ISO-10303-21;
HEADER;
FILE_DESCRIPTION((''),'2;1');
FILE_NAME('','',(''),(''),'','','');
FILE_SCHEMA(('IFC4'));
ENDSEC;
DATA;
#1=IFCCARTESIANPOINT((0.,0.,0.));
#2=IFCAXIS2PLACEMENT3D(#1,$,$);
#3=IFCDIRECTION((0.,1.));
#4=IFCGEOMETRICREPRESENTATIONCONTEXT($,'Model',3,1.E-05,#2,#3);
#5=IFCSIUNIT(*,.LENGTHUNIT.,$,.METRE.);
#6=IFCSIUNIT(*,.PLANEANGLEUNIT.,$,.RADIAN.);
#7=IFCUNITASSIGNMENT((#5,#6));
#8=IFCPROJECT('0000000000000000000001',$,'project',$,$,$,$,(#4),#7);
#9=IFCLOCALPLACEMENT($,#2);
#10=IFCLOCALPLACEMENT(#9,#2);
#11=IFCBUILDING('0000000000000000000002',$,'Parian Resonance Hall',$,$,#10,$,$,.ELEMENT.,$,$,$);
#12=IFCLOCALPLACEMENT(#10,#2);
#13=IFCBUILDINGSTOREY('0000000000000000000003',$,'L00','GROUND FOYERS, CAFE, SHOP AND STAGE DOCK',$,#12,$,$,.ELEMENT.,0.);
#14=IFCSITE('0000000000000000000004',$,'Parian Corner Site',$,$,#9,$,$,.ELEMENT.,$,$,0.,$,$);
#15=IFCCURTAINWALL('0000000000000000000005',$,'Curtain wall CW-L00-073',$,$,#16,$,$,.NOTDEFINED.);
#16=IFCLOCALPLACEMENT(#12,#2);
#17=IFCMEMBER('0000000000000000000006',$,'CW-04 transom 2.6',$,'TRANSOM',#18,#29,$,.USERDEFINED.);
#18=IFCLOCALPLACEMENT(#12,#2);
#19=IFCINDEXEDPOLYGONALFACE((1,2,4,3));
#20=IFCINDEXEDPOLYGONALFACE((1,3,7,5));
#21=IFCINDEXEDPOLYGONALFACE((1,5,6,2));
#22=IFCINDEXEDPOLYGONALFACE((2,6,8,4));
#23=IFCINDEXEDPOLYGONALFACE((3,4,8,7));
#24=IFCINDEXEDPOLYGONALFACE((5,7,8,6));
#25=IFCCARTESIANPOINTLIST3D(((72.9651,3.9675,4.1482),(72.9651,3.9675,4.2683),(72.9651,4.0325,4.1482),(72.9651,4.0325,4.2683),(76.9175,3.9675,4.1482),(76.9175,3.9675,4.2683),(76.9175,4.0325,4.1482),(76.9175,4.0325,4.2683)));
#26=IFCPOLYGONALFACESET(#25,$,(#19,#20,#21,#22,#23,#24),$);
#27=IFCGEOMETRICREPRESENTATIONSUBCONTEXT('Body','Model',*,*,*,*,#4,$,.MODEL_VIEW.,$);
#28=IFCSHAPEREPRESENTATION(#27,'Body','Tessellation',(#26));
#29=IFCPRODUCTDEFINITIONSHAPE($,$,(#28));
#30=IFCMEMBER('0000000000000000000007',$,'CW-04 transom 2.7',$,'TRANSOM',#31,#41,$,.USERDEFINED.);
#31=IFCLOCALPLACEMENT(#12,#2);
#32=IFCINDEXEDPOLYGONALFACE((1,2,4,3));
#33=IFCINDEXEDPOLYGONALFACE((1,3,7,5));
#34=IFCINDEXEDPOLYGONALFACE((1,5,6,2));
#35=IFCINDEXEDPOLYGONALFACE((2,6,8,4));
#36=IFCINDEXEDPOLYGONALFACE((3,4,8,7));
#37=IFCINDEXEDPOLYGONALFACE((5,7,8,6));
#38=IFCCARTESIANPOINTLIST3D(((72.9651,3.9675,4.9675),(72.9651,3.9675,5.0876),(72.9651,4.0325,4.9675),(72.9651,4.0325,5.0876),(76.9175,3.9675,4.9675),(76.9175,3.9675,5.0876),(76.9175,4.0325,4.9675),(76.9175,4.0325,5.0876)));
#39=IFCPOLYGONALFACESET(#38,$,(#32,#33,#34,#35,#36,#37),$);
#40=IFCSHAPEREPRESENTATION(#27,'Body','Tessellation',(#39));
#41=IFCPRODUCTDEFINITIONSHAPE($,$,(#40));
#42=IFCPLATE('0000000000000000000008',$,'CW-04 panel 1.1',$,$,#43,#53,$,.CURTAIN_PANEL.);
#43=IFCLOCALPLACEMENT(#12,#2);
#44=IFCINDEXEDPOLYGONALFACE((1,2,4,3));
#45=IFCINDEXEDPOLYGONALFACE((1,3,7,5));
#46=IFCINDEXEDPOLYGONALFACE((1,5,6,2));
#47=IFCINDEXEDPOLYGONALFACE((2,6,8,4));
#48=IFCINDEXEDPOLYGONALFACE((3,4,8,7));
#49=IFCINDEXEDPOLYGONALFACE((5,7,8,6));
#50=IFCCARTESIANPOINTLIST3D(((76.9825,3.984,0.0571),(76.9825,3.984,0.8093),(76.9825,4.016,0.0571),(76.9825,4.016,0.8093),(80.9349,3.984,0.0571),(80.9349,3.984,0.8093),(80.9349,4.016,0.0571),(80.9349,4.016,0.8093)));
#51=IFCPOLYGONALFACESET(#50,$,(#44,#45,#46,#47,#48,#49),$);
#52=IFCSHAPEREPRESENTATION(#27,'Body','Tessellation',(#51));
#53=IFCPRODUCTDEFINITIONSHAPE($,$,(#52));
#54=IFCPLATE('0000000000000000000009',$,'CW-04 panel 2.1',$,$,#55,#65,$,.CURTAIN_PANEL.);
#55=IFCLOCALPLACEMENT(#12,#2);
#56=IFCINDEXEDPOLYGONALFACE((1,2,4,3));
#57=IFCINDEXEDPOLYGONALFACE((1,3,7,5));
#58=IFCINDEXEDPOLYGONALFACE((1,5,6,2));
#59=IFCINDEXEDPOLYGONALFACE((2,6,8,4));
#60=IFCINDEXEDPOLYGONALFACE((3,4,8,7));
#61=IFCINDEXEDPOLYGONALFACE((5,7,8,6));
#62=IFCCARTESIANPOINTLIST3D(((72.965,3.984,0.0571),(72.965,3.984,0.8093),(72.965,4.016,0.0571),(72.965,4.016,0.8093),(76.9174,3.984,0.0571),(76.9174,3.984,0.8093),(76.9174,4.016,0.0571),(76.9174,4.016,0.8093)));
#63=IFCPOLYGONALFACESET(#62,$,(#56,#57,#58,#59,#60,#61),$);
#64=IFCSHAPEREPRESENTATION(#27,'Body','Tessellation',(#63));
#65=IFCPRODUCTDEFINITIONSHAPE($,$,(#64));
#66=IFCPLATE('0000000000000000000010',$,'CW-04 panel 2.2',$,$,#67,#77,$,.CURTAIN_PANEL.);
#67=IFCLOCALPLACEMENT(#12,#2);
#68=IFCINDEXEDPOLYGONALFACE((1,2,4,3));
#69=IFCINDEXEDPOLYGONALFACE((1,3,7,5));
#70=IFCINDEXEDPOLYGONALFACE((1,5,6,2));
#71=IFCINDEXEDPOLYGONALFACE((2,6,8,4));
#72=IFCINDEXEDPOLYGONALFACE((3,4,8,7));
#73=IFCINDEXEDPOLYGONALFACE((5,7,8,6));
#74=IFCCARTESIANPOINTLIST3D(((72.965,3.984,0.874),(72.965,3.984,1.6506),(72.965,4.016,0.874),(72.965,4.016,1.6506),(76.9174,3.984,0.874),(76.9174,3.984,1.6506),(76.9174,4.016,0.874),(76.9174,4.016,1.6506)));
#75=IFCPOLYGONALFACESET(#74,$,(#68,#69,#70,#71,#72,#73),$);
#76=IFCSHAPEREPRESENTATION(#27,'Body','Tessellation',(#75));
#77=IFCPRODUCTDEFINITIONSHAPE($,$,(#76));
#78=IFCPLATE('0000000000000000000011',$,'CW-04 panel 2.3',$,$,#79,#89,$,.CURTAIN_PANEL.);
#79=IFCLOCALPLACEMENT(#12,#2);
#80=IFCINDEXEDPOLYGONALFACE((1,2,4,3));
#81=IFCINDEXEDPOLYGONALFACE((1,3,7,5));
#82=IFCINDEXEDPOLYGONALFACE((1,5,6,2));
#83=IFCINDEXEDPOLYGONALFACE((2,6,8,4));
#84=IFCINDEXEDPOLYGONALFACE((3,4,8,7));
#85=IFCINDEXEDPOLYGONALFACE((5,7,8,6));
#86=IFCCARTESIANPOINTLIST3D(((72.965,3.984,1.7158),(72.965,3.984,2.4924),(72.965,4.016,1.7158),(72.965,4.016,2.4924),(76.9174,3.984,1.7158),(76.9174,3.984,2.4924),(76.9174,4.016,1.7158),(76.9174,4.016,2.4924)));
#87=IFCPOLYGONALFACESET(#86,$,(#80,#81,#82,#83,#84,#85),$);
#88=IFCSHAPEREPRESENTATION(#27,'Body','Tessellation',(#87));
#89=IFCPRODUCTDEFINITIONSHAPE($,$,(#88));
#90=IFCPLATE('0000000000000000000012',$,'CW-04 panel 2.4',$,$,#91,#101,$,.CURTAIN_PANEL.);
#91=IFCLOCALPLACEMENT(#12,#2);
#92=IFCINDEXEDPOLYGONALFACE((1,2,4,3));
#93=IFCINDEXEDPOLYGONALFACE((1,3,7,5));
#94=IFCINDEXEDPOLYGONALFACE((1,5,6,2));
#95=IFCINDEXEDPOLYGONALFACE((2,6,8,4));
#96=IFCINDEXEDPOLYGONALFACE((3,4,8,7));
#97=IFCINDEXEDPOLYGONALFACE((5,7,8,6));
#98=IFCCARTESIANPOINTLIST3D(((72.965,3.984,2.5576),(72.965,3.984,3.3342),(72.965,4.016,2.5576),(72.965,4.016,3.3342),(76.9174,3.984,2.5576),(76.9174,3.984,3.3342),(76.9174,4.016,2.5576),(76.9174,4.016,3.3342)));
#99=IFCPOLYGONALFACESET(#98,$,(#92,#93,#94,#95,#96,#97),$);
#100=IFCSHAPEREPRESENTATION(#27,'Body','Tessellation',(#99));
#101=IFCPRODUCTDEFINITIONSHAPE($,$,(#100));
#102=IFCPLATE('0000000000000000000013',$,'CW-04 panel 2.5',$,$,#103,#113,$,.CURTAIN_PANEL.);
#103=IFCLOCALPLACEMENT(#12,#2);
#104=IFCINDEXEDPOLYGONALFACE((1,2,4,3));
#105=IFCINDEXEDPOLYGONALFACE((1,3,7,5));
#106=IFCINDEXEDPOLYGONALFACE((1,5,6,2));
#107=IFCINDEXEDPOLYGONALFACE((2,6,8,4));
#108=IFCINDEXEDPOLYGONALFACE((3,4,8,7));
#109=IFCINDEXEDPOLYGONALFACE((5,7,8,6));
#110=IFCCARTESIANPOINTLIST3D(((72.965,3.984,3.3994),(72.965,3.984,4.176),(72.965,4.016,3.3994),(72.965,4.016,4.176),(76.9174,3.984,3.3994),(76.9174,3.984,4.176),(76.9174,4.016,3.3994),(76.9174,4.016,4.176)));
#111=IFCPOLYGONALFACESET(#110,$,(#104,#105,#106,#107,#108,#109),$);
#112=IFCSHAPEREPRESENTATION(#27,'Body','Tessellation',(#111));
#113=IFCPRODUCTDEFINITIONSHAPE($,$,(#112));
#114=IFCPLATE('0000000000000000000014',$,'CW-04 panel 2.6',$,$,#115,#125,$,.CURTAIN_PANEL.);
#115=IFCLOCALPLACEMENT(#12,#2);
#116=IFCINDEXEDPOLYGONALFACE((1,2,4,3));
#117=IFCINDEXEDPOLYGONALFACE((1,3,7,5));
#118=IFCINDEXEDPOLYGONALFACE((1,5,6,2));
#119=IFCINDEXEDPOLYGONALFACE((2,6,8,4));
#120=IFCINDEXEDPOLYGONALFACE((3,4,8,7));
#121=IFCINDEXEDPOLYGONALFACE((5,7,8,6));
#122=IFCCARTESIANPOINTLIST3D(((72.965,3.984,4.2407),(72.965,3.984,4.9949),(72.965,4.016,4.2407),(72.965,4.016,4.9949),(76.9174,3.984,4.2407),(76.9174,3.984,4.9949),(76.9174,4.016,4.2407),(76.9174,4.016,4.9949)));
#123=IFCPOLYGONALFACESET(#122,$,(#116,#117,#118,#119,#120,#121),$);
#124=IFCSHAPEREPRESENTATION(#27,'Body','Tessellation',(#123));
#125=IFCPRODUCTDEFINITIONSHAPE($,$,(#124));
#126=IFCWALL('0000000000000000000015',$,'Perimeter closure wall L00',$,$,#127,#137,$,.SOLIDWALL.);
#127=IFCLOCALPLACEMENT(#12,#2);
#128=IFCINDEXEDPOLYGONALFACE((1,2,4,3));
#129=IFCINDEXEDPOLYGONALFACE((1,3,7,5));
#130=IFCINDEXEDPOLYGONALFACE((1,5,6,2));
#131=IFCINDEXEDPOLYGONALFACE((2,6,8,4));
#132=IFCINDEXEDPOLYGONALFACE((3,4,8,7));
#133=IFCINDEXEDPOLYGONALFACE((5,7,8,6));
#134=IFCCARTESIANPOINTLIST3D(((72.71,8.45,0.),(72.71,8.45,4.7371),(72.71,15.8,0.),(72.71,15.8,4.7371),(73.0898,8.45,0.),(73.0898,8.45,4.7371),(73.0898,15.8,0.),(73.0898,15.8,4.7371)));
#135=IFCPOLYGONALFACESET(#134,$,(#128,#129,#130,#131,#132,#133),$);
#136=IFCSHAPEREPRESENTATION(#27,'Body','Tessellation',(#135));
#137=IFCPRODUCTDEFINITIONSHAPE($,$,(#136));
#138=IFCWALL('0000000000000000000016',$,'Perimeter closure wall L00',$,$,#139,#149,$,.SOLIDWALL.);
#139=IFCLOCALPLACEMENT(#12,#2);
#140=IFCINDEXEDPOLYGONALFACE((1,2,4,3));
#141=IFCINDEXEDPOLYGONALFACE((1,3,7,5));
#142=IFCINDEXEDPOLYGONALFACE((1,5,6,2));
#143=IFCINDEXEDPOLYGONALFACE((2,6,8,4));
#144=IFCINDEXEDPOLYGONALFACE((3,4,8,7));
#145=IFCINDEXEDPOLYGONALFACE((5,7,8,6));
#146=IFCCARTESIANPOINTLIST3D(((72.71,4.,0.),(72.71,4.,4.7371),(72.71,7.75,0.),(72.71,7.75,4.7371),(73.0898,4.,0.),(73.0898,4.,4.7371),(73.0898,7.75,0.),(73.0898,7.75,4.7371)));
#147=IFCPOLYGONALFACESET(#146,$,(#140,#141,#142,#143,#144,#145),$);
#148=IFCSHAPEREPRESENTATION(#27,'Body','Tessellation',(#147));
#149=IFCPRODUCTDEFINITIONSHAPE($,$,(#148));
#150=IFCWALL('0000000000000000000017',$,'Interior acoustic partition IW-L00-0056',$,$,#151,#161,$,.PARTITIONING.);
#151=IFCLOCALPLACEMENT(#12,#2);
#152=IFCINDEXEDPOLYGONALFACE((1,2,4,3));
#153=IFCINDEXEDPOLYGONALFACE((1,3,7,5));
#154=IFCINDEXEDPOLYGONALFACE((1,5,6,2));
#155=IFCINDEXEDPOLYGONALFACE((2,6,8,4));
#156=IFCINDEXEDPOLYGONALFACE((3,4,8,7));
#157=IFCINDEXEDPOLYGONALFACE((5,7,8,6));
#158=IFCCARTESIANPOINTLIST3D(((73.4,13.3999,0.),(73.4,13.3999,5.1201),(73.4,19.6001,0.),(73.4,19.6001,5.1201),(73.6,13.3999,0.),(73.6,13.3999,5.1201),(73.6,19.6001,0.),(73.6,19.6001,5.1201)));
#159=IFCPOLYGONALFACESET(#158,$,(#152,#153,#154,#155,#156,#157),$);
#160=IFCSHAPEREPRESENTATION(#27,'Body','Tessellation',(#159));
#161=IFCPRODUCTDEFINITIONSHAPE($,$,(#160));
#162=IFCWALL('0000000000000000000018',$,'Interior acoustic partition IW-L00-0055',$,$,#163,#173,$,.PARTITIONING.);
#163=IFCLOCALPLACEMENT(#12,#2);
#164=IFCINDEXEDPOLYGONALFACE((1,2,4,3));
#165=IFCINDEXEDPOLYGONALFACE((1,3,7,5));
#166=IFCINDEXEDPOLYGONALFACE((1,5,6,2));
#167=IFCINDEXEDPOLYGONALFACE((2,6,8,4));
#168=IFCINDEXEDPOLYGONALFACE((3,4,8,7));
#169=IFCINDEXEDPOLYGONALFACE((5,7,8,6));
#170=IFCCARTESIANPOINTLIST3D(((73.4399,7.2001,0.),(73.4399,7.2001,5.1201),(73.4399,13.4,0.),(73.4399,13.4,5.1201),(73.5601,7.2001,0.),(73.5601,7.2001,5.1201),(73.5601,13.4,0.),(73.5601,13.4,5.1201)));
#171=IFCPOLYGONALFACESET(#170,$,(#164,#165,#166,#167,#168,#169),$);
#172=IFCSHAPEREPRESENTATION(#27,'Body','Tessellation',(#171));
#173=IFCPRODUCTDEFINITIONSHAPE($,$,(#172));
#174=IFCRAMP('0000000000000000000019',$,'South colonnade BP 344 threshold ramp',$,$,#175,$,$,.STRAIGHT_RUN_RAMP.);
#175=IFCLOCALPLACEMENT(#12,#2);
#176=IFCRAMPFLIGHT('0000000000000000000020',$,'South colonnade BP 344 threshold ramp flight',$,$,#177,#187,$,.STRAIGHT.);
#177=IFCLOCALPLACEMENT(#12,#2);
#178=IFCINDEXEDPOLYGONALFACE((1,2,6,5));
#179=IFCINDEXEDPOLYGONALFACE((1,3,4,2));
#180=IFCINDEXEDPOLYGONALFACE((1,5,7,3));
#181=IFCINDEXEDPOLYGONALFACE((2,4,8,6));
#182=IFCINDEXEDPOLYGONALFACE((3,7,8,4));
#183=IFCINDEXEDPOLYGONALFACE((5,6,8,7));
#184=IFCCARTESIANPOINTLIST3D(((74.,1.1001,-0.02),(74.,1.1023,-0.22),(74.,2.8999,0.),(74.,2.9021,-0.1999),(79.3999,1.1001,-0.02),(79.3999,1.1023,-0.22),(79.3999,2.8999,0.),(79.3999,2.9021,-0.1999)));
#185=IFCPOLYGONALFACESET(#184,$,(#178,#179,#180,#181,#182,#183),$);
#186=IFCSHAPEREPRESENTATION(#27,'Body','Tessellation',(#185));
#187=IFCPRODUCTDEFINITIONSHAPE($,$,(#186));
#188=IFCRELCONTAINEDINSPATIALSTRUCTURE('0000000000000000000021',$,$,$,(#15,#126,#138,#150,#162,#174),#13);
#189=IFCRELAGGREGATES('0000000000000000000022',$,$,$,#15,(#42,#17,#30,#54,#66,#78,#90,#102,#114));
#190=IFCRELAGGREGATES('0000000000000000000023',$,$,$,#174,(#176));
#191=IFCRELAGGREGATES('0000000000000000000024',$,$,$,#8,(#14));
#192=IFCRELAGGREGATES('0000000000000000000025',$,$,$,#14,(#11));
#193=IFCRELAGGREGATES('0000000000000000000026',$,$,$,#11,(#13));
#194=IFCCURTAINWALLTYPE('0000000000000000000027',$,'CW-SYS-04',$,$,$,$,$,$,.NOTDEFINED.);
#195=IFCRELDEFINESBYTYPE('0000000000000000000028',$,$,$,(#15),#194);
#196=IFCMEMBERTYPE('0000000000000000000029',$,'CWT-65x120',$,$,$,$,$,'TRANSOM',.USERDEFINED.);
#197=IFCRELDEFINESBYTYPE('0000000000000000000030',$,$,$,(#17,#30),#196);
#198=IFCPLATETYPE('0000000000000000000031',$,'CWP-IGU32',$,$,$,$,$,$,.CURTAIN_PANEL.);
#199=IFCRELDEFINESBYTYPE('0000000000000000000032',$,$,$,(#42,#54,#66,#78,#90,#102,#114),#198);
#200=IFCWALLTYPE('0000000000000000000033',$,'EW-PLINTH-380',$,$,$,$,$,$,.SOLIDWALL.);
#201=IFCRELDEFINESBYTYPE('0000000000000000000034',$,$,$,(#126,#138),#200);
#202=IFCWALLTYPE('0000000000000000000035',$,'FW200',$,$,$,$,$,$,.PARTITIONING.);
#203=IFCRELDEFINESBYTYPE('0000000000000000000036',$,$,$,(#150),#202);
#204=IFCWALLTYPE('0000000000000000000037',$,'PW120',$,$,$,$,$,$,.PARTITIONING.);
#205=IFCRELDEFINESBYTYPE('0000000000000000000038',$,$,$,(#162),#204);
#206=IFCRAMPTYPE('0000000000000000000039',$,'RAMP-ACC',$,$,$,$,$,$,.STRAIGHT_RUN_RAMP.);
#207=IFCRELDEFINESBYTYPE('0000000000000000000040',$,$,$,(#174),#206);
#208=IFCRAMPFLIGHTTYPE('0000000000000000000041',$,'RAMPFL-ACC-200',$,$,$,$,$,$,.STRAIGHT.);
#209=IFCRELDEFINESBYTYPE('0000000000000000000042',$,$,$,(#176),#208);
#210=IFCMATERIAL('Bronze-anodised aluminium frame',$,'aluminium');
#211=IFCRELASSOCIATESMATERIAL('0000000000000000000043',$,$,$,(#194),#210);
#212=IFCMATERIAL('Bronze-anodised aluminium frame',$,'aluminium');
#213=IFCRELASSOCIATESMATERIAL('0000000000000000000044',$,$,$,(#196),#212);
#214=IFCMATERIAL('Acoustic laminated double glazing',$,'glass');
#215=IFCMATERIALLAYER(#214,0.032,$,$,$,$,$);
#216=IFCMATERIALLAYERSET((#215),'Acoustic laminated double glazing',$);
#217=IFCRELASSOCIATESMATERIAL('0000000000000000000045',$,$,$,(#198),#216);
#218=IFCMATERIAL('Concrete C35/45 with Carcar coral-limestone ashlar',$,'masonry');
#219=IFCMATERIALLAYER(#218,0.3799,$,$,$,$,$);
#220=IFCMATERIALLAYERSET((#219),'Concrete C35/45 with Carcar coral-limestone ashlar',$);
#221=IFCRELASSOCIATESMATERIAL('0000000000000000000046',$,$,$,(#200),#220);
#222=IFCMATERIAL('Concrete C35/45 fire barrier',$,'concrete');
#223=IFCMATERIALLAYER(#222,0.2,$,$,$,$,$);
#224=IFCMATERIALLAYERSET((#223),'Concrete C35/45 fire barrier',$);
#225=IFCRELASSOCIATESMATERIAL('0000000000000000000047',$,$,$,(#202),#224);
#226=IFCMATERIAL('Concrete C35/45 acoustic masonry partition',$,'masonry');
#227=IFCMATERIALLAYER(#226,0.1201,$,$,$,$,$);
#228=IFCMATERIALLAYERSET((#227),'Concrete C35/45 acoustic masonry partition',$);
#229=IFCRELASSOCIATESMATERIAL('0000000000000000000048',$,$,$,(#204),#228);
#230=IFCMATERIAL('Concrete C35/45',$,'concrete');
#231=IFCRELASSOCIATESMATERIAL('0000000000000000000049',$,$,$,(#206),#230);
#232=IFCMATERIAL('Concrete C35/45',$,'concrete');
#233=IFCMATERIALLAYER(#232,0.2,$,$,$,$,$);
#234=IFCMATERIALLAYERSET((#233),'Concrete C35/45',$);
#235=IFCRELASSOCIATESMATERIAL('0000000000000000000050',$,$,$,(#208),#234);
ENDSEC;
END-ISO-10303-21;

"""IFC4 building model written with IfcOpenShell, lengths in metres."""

from ifc_helpers import new_model, si_unit, direction, frame, frame_2d, origin, origin_2d, place, context, subcontext, project, spatial, polyline, rectangle, outline, extrude, material, layer, layer_set, material_profile, profile_set, type_object, element, aggregate, save


model = new_model("IFC4")

# Units and contexts
model_context = context("Model", 3, precision=1e-05, world=origin(), true_north=direction((0.0, 1.0)))
body_context = subcontext(model_context, "Body", "Model", "MODEL_VIEW")
ifc_project = project(units=[si_unit("LENGTHUNIT", "METRE"), si_unit("PLANEANGLEUNIT", "RADIAN")], contexts=[model_context])

# Site, building, storey
site_placement = place(None, origin())
site = spatial("IfcSite", under=ifc_project, at=site_placement, Name="Parian Corner Site", CompositionType="ELEMENT", RefElevation=0.0)
building_placement = place(site_placement, origin())
building = spatial("IfcBuilding", under=site, at=building_placement, Name="Parian Resonance Hall", CompositionType="ELEMENT")
storey_placement = place(building_placement, origin())
storey = spatial("IfcBuildingStorey", under=building, at=storey_placement, Name="L00", Description="GROUND FOYERS, CAFE, SHOP AND STAGE DOCK", CompositionType="ELEMENT", Elevation=0.0)

# Curtain wall, members, plates
ifc_material_1 = material(Name="Bronze-anodised aluminium frame", Category="aluminium")
curtain_wall_type = type_object("IfcCurtainWallType", Name="CW-SYS-04", PredefinedType="NOTDEFINED", material=ifc_material_1)
curtain_wall_placement = place(storey_placement, origin())
curtain_wall = element("IfcCurtainWall", 1, at=curtain_wall_placement, inside=storey, type_object=curtain_wall_type, Name="Curtain wall CW-L00-073", PredefinedType="NOTDEFINED")
ifc_material_2 = material(Name="Bronze-anodised aluminium frame", Category="aluminium")
ifc_material_profile_1 = material_profile(ifc_material_2, rectangle(XDim=0.0649, YDim=0.1201, at=origin_2d()), Name="CWT-65x120")
ifc_profile_set_1 = profile_set([ifc_material_profile_1], Name="Bronze-anodised aluminium frame")
member_type_1 = type_object("IfcMemberType", Name="CWT-65x120", ElementType="TRANSOM", PredefinedType="USERDEFINED", material=ifc_profile_set_1)
member_1_placement = place(storey_placement, frame((76.9175, 4.0, 4.2083), z_axis=(-1.0, 0.0, 0.0), x_axis=(0.0, -1.0, 0.0)))
member_1 = element("IfcMember", 2, at=member_1_placement, type_object=member_type_1, Name="CW-04 transom 2.6", ObjectType="TRANSOM", PredefinedType="USERDEFINED", context=body_context, shape_type="SweptSolid", body=[
    extrude(rectangle(XDim=0.0649, YDim=0.1201, at=origin_2d()), origin(), (0.0, 0.0, 1.0), 3.9524),
])
member_2_placement = place(storey_placement, frame((76.9175, 4.0, 5.0276), z_axis=(-1.0, 0.0, 0.0), x_axis=(0.0, -1.0, 0.0)))
member_2 = element("IfcMember", 3, at=member_2_placement, type_object=member_type_1, Name="CW-04 transom 2.7", ObjectType="TRANSOM", PredefinedType="USERDEFINED", context=body_context, shape_type="SweptSolid", body=[
    extrude(rectangle(XDim=0.0649, YDim=0.1201, at=origin_2d()), origin(), (0.0, 0.0, 1.0), 3.9524),
])
ifc_material_3 = material(Name="Acoustic laminated double glazing", Category="glass")
ifc_layer_1 = layer(ifc_material_3, 0.032)
ifc_layer_set_1 = layer_set([ifc_layer_1], Name="Acoustic laminated double glazing")
plate_type = type_object("IfcPlateType", Name="CWP-IGU32", PredefinedType="CURTAIN_PANEL", material=ifc_layer_set_1)
plate_1_placement = place(storey_placement, frame((78.9587, 4.0, 0.0571), z_axis=(0.0, 0.0, 1.0), x_axis=(-1.0, 0.0, 0.0)))
plate_1 = element("IfcPlate", 4, at=plate_1_placement, type_object=plate_type, Name="CW-04 panel 1.1", PredefinedType="CURTAIN_PANEL", context=body_context, shape_type="SweptSolid", body=[
    extrude(rectangle(XDim=3.9524, YDim=0.032, at=origin_2d()), origin(), (0.0, 0.0, 1.0), 0.7522),
])
plate_2_placement = place(storey_placement, frame((74.9412, 4.0, 0.0571), z_axis=(0.0, 0.0, 1.0), x_axis=(-1.0, 0.0, 0.0)))
plate_2 = element("IfcPlate", 5, at=plate_2_placement, type_object=plate_type, Name="CW-04 panel 2.1", PredefinedType="CURTAIN_PANEL", context=body_context, shape_type="SweptSolid", body=[
    extrude(rectangle(XDim=3.9524, YDim=0.032, at=origin_2d()), origin(), (0.0, 0.0, 1.0), 0.7522),
])
plate_3_placement = place(storey_placement, frame((74.9412, 4.0, 0.874), z_axis=(0.0, 0.0, 1.0), x_axis=(-1.0, 0.0, 0.0)))
plate_3 = element("IfcPlate", 6, at=plate_3_placement, type_object=plate_type, Name="CW-04 panel 2.2", PredefinedType="CURTAIN_PANEL", context=body_context, shape_type="SweptSolid", body=[
    extrude(rectangle(XDim=3.9524, YDim=0.032, at=origin_2d()), origin(), (0.0, 0.0, 1.0), 0.7766),
])
plate_4_placement = place(storey_placement, frame((74.9412, 4.0, 1.7158), z_axis=(0.0, 0.0, 1.0), x_axis=(-1.0, 0.0, 0.0)))
plate_4 = element("IfcPlate", 7, at=plate_4_placement, type_object=plate_type, Name="CW-04 panel 2.3", PredefinedType="CURTAIN_PANEL", context=body_context, shape_type="SweptSolid", body=[
    extrude(rectangle(XDim=3.9524, YDim=0.032, at=origin_2d()), origin(), (0.0, 0.0, 1.0), 0.7766),
])
plate_5_placement = place(storey_placement, frame((74.9412, 4.0, 2.5576), z_axis=(0.0, 0.0, 1.0), x_axis=(-1.0, 0.0, 0.0)))
plate_5 = element("IfcPlate", 8, at=plate_5_placement, type_object=plate_type, Name="CW-04 panel 2.4", PredefinedType="CURTAIN_PANEL", context=body_context, shape_type="SweptSolid", body=[
    extrude(rectangle(XDim=3.9524, YDim=0.032, at=origin_2d()), origin(), (0.0, 0.0, 1.0), 0.7766),
])
plate_6_placement = place(storey_placement, frame((74.9412, 4.0, 3.3994), z_axis=(0.0, 0.0, 1.0), x_axis=(-1.0, 0.0, 0.0)))
plate_6 = element("IfcPlate", 9, at=plate_6_placement, type_object=plate_type, Name="CW-04 panel 2.5", PredefinedType="CURTAIN_PANEL", context=body_context, shape_type="SweptSolid", body=[
    extrude(rectangle(XDim=3.9524, YDim=0.032, at=origin_2d()), origin(), (0.0, 0.0, 1.0), 0.7766),
])
plate_7_placement = place(storey_placement, frame((74.9412, 4.0, 4.2407), z_axis=(0.0, 0.0, 1.0), x_axis=(-1.0, 0.0, 0.0)))
plate_7 = element("IfcPlate", 10, at=plate_7_placement, type_object=plate_type, Name="CW-04 panel 2.6", PredefinedType="CURTAIN_PANEL", context=body_context, shape_type="SweptSolid", body=[
    extrude(rectangle(XDim=3.9524, YDim=0.032, at=origin_2d()), origin(), (0.0, 0.0, 1.0), 0.7542),
])
aggregate(curtain_wall, [plate_1, member_1, member_2, plate_2, plate_3, plate_4, plate_5, plate_6, plate_7])

# Walls
ifc_material_4 = material(Name="Concrete C35/45 with Carcar coral-limestone ashlar", Category="masonry")
ifc_layer_2 = layer(ifc_material_4, 0.3799)
ifc_layer_set_2 = layer_set([ifc_layer_2], Name="Concrete C35/45 with Carcar coral-limestone ashlar")
wall_type_1 = type_object("IfcWallType", Name="EW-PLINTH-380", PredefinedType="SOLIDWALL", material=ifc_layer_set_2)
wall_1_placement = place(storey_placement, frame((72.8999, 15.8, 0.0), z_axis=(0.0, 0.0, 1.0), x_axis=(0.0, -1.0, 0.0)))
element("IfcWall", 11, at=wall_1_placement, inside=storey, type_object=wall_type_1, Name="Perimeter closure wall L00", PredefinedType="SOLIDWALL", context=body_context, shape_type="SweptSolid", body=[
    extrude(rectangle(XDim=7.3501, YDim=0.3799, at=frame_2d((3.675, 0.0))), origin(), (0.0, 0.0, 1.0), 4.7371),
])
wall_2_placement = place(storey_placement, frame((72.8999, 7.75, 0.0), z_axis=(0.0, 0.0, 1.0), x_axis=(0.0, -1.0, 0.0)))
element("IfcWall", 12, at=wall_2_placement, inside=storey, type_object=wall_type_1, Name="Perimeter closure wall L00", PredefinedType="SOLIDWALL", context=body_context, shape_type="SweptSolid", body=[
    extrude(rectangle(XDim=3.75, YDim=0.3799, at=frame_2d((1.875, 0.0))), origin(), (0.0, 0.0, 1.0), 4.7371),
])
ifc_material_5 = material(Name="Concrete C35/45 fire barrier", Category="concrete")
ifc_layer_3 = layer(ifc_material_5, 0.2)
ifc_layer_set_3 = layer_set([ifc_layer_3], Name="Concrete C35/45 fire barrier")
wall_type_2 = type_object("IfcWallType", Name="FW200", PredefinedType="PARTITIONING", material=ifc_layer_set_3)
wall_3_placement = place(storey_placement, frame((73.5, 13.3999, 0.0), z_axis=(0.0, 0.0, 1.0), x_axis=(0.0, 1.0, 0.0)))
element("IfcWall", 13, at=wall_3_placement, inside=storey, type_object=wall_type_2, Name="Interior acoustic partition IW-L00-0056", PredefinedType="PARTITIONING", context=body_context, shape_type="SweptSolid", body=[
    extrude(rectangle(XDim=6.2002, YDim=0.2, at=frame_2d((3.1001, 0.0))), origin(), (0.0, 0.0, 1.0), 5.1201),
])
ifc_material_6 = material(Name="Concrete C35/45 acoustic masonry partition", Category="masonry")
ifc_layer_4 = layer(ifc_material_6, 0.1201)
ifc_layer_set_4 = layer_set([ifc_layer_4], Name="Concrete C35/45 acoustic masonry partition")
wall_type_3 = type_object("IfcWallType", Name="PW120", PredefinedType="PARTITIONING", material=ifc_layer_set_4)
wall_4_placement = place(storey_placement, frame((73.5, 7.2, 0.0), z_axis=(0.0, 0.0, 1.0), x_axis=(0.0, 1.0, 0.0)))
element("IfcWall", 14, at=wall_4_placement, inside=storey, type_object=wall_type_3, Name="Interior acoustic partition IW-L00-0055", PredefinedType="PARTITIONING", context=body_context, shape_type="SweptSolid", body=[
    extrude(rectangle(XDim=6.2, YDim=0.1201, at=frame_2d((3.1001, 0.0))), origin(), (0.0, 0.0, 1.0), 5.1201),
])

# Ramp, ramp flight
ifc_material_7 = material(Name="Concrete C35/45", Category="concrete")
ramp_type = type_object("IfcRampType", Name="RAMP-ACC", PredefinedType="STRAIGHT_RUN_RAMP", material=ifc_material_7)
ramp_placement = place(storey_placement, origin())
ramp = element("IfcRamp", 15, at=ramp_placement, inside=storey, type_object=ramp_type, Name="South colonnade BP 344 threshold ramp", PredefinedType="STRAIGHT_RUN_RAMP")
ifc_material_8 = material(Name="Concrete C35/45", Category="concrete")
ifc_layer_5 = layer(ifc_material_8, 0.2)
ifc_layer_set_5 = layer_set([ifc_layer_5], Name="Concrete C35/45")
ramp_flight_type = type_object("IfcRampFlightType", Name="RAMPFL-ACC-200", PredefinedType="STRAIGHT", material=ifc_layer_set_5)
ramp_flight_placement = place(storey_placement, frame((74.0, 1.1001, -0.02), z_axis=(0.0, -0.011122, 0.999938), x_axis=(1.0, 0.0, 0.0)))
ramp_flight = element("IfcRampFlight", 16, at=ramp_flight_placement, type_object=ramp_flight_type, Name="South colonnade BP 344 threshold ramp flight", PredefinedType="STRAIGHT", context=body_context, shape_type="SweptSolid", body=[
    extrude(outline(polyline([(0.0, 0.0), (5.3999, 0.0), (5.3999, 1.7999), (0.0, 1.7999), (0.0, 0.0)])), origin(), (0.0, 0.0, -1.0), 0.2),
])
aggregate(ramp, [ramp_flight])

save(model, "model.ifc")
